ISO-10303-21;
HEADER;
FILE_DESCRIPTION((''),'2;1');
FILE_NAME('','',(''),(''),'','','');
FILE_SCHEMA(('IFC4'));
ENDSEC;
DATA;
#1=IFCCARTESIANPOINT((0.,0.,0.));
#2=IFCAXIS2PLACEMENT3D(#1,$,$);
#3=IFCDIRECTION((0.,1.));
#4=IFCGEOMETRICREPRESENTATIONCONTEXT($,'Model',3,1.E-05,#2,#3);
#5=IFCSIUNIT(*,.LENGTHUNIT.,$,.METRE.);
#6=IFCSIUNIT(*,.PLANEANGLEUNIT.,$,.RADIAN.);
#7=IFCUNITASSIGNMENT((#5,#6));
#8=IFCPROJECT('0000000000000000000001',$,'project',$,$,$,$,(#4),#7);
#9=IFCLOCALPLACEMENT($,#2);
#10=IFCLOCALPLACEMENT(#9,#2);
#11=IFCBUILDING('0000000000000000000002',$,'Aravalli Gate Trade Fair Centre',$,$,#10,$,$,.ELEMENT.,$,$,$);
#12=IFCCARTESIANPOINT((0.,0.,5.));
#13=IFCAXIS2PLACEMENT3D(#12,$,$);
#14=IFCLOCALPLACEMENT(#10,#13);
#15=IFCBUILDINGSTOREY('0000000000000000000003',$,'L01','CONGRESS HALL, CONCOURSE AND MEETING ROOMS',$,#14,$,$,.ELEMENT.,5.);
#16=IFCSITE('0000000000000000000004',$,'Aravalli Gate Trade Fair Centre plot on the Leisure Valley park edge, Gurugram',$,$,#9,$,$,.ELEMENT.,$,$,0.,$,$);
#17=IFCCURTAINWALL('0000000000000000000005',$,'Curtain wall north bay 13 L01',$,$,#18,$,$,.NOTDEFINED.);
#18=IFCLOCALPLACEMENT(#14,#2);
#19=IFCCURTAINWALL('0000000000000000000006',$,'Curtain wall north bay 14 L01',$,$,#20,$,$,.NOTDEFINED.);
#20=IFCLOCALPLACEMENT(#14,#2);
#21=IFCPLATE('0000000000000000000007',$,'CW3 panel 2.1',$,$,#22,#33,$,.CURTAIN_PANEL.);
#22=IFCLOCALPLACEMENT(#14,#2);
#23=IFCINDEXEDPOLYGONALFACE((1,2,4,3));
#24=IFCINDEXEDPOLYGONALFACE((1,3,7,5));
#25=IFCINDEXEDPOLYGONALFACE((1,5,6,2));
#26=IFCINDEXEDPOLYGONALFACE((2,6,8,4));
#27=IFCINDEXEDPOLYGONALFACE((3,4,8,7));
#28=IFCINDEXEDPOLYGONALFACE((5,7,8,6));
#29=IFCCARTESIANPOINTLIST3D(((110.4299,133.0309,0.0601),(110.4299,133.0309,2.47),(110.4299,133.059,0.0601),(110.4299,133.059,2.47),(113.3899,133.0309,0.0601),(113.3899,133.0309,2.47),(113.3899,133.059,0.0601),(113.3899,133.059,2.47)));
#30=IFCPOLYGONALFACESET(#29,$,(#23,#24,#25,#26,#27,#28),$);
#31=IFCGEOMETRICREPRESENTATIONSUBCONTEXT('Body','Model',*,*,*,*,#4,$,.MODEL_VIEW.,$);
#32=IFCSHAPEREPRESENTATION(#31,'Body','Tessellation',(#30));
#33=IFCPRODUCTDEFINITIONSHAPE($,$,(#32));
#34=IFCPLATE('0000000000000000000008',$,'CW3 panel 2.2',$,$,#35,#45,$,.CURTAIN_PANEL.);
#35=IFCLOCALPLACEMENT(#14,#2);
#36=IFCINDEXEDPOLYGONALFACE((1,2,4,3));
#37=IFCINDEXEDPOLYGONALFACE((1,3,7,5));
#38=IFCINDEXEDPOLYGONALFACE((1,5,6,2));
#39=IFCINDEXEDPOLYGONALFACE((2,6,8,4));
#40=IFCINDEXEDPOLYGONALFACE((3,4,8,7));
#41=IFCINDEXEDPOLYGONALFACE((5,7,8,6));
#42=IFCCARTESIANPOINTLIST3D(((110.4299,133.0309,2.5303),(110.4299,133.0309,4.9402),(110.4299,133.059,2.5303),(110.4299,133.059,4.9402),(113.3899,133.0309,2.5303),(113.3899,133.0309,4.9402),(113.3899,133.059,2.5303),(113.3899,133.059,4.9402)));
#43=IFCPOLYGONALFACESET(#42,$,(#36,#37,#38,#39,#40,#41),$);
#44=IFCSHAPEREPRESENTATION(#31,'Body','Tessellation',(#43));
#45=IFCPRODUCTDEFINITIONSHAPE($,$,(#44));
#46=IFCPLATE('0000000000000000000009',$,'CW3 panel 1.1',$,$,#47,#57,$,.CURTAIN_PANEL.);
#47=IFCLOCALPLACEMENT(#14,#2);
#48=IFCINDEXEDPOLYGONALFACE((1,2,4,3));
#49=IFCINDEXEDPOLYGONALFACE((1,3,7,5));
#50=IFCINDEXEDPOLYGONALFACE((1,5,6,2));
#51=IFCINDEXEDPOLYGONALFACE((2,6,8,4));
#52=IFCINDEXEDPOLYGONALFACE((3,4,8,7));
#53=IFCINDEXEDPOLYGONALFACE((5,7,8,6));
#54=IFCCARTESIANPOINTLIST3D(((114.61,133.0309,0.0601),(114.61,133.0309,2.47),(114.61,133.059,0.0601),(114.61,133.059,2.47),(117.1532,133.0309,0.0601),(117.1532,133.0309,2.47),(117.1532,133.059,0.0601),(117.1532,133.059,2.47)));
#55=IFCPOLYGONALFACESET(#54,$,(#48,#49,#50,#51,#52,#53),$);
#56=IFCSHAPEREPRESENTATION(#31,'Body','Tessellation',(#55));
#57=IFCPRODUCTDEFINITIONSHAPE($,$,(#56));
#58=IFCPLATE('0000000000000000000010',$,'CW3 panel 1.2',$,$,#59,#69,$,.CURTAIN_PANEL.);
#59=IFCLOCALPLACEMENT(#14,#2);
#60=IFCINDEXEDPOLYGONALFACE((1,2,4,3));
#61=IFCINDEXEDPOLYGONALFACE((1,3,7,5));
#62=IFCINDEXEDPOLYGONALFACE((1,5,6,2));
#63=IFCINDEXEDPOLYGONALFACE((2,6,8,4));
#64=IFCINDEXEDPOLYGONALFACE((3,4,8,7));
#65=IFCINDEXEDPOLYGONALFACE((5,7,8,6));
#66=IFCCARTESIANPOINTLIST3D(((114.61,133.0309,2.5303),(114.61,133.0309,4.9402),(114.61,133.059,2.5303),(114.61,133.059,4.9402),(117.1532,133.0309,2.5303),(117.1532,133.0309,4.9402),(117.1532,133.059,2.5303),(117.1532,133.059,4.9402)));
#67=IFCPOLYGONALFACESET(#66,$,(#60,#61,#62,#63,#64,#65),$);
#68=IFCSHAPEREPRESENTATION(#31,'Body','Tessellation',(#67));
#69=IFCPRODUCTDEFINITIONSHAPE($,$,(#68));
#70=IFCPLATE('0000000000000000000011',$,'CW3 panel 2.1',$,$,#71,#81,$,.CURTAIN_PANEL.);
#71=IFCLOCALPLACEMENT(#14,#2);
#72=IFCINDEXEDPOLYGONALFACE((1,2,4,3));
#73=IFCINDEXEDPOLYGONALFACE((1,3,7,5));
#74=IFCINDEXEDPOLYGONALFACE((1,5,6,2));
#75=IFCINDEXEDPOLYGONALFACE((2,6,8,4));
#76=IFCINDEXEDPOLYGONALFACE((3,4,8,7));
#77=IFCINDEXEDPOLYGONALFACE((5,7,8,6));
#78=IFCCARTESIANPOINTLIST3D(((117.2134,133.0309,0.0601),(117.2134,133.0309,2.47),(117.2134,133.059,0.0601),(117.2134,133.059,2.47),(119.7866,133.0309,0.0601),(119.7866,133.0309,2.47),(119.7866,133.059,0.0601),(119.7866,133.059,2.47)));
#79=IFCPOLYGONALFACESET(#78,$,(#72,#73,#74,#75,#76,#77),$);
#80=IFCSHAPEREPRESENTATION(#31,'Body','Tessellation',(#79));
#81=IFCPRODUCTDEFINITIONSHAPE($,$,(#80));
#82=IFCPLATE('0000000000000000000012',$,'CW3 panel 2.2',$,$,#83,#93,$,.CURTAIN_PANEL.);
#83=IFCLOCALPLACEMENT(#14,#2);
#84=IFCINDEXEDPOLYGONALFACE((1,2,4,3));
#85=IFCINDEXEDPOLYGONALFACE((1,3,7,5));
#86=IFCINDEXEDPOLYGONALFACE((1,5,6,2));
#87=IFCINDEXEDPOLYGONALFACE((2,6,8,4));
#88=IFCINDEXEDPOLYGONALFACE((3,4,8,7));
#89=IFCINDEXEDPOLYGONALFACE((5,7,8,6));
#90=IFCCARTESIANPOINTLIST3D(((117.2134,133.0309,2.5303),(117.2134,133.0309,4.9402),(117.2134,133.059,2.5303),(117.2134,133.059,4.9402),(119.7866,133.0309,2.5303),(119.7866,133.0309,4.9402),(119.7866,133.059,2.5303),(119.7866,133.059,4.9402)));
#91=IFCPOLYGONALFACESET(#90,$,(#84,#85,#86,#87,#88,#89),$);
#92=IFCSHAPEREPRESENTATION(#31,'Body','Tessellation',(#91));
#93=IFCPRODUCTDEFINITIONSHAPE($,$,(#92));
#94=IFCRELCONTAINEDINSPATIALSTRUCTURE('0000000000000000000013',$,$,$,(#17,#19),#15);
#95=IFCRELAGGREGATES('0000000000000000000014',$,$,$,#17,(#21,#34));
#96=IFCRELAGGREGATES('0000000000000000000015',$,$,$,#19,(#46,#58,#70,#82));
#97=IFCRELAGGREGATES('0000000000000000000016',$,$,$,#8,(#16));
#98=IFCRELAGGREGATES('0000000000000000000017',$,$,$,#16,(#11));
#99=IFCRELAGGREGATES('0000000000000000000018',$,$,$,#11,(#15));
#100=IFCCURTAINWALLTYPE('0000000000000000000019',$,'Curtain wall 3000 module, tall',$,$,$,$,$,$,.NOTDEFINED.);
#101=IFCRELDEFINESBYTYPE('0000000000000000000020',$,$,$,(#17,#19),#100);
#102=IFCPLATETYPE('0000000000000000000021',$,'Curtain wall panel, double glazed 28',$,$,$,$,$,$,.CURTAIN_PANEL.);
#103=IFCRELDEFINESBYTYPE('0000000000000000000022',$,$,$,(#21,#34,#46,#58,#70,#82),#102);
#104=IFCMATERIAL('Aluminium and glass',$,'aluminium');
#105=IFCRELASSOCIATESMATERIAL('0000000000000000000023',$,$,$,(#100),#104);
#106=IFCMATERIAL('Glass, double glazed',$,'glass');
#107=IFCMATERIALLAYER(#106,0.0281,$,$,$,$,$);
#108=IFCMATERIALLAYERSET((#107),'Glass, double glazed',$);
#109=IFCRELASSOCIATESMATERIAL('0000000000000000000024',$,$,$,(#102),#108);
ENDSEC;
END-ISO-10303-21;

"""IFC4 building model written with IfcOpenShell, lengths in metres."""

from ifc_helpers import new_model, si_unit, direction, frame, origin, origin_2d, place, context, subcontext, project, spatial, rectangle, extrude, material, layer, layer_set, type_object, element, aggregate, save


model = new_model("IFC4")

# Units and contexts
model_context = context("Model", 3, precision=1e-05, world=origin(), true_north=direction((0.0, 1.0)))
body_context = subcontext(model_context, "Body", "Model", "MODEL_VIEW")
ifc_project = project(units=[si_unit("LENGTHUNIT", "METRE"), si_unit("PLANEANGLEUNIT", "RADIAN")], contexts=[model_context])

# Site, building, storey
site_placement = place(None, origin())
site = spatial("IfcSite", under=ifc_project, at=site_placement, Name="Aravalli Gate Trade Fair Centre plot on the Leisure Valley park edge, Gurugram", CompositionType="ELEMENT", RefElevation=0.0)
building_placement = place(site_placement, origin())
building = spatial("IfcBuilding", under=site, at=building_placement, Name="Aravalli Gate Trade Fair Centre", CompositionType="ELEMENT")
storey_placement = place(building_placement, frame((0.0, 0.0, 5.0)))
storey = spatial("IfcBuildingStorey", under=building, at=storey_placement, Name="L01", Description="CONGRESS HALL, CONCOURSE AND MEETING ROOMS", CompositionType="ELEMENT", Elevation=5.0)

# Shared definitions
ifc_material_1 = material(Name="Aluminium and glass", Category="aluminium")
curtain_wall_type = type_object("IfcCurtainWallType", Name="Curtain wall 3000 module, tall", PredefinedType="NOTDEFINED", material=ifc_material_1)

# Curtain walls
curtain_wall_1_placement = place(storey_placement, origin())
curtain_wall_1 = element("IfcCurtainWall", 1, at=curtain_wall_1_placement, inside=storey, type_object=curtain_wall_type, Name="Curtain wall north bay 13 L01", PredefinedType="NOTDEFINED")
curtain_wall_2_placement = place(storey_placement, origin())
curtain_wall_2 = element("IfcCurtainWall", 2, at=curtain_wall_2_placement, inside=storey, type_object=curtain_wall_type, Name="Curtain wall north bay 14 L01", PredefinedType="NOTDEFINED")

# Plates
ifc_material_2 = material(Name="Glass, double glazed", Category="glass")
ifc_layer = layer(ifc_material_2, 0.0281)
ifc_layer_set = layer_set([ifc_layer], Name="Glass, double glazed")
plate_type = type_object("IfcPlateType", Name="Curtain wall panel, double glazed 28", PredefinedType="CURTAIN_PANEL", material=ifc_layer_set)
plate_1_placement = place(storey_placement, frame((111.9099, 133.0449, 0.0601), z_axis=(0.0, 0.0, 1.0), x_axis=(1.0, 0.0, 0.0)))
plate_1 = element("IfcPlate", 3, at=plate_1_placement, type_object=plate_type, Name="CW3 panel 2.1", PredefinedType="CURTAIN_PANEL", context=body_context, shape_type="SweptSolid", body=[
    extrude(rectangle(XDim=2.96, YDim=0.0281, at=origin_2d()), origin(), (0.0, 0.0, 1.0), 2.4099),
])
plate_2_placement = place(storey_placement, frame((111.9099, 133.0449, 2.5303), z_axis=(0.0, 0.0, 1.0), x_axis=(1.0, 0.0, 0.0)))
plate_2 = element("IfcPlate", 4, at=plate_2_placement, type_object=plate_type, Name="CW3 panel 2.2", PredefinedType="CURTAIN_PANEL", context=body_context, shape_type="SweptSolid", body=[
    extrude(rectangle(XDim=2.96, YDim=0.0281, at=origin_2d()), origin(), (0.0, 0.0, 1.0), 2.4099),
])
aggregate(curtain_wall_1, [plate_1, plate_2])
plate_3_placement = place(storey_placement, frame((115.8816, 133.0449, 0.0601), z_axis=(0.0, 0.0, 1.0), x_axis=(1.0, 0.0, 0.0)))
plate_3 = element("IfcPlate", 5, at=plate_3_placement, type_object=plate_type, Name="CW3 panel 1.1", PredefinedType="CURTAIN_PANEL", context=body_context, shape_type="SweptSolid", body=[
    extrude(rectangle(XDim=2.5432, YDim=0.0281, at=origin_2d()), origin(), (0.0, 0.0, 1.0), 2.4099),
])
plate_4_placement = place(storey_placement, frame((115.8816, 133.0449, 2.5303), z_axis=(0.0, 0.0, 1.0), x_axis=(1.0, 0.0, 0.0)))
plate_4 = element("IfcPlate", 6, at=plate_4_placement, type_object=plate_type, Name="CW3 panel 1.2", PredefinedType="CURTAIN_PANEL", context=body_context, shape_type="SweptSolid", body=[
    extrude(rectangle(XDim=2.5432, YDim=0.0281, at=origin_2d()), origin(), (0.0, 0.0, 1.0), 2.4099),
])
plate_5_placement = place(storey_placement, frame((118.5, 133.0449, 0.0601), z_axis=(0.0, 0.0, 1.0), x_axis=(1.0, 0.0, 0.0)))
plate_5 = element("IfcPlate", 7, at=plate_5_placement, type_object=plate_type, Name="CW3 panel 2.1", PredefinedType="CURTAIN_PANEL", context=body_context, shape_type="SweptSolid", body=[
    extrude(rectangle(XDim=2.5732, YDim=0.0281, at=origin_2d()), origin(), (0.0, 0.0, 1.0), 2.4099),
])
plate_6_placement = place(storey_placement, frame((118.5, 133.0449, 2.5303), z_axis=(0.0, 0.0, 1.0), x_axis=(1.0, 0.0, 0.0)))
plate_6 = element("IfcPlate", 8, at=plate_6_placement, type_object=plate_type, Name="CW3 panel 2.2", PredefinedType="CURTAIN_PANEL", context=body_context, shape_type="SweptSolid", body=[
    extrude(rectangle(XDim=2.5732, YDim=0.0281, at=origin_2d()), origin(), (0.0, 0.0, 1.0), 2.4099),
])
aggregate(curtain_wall_2, [plate_3, plate_4, plate_5, plate_6])

save(model, "model.ifc")
